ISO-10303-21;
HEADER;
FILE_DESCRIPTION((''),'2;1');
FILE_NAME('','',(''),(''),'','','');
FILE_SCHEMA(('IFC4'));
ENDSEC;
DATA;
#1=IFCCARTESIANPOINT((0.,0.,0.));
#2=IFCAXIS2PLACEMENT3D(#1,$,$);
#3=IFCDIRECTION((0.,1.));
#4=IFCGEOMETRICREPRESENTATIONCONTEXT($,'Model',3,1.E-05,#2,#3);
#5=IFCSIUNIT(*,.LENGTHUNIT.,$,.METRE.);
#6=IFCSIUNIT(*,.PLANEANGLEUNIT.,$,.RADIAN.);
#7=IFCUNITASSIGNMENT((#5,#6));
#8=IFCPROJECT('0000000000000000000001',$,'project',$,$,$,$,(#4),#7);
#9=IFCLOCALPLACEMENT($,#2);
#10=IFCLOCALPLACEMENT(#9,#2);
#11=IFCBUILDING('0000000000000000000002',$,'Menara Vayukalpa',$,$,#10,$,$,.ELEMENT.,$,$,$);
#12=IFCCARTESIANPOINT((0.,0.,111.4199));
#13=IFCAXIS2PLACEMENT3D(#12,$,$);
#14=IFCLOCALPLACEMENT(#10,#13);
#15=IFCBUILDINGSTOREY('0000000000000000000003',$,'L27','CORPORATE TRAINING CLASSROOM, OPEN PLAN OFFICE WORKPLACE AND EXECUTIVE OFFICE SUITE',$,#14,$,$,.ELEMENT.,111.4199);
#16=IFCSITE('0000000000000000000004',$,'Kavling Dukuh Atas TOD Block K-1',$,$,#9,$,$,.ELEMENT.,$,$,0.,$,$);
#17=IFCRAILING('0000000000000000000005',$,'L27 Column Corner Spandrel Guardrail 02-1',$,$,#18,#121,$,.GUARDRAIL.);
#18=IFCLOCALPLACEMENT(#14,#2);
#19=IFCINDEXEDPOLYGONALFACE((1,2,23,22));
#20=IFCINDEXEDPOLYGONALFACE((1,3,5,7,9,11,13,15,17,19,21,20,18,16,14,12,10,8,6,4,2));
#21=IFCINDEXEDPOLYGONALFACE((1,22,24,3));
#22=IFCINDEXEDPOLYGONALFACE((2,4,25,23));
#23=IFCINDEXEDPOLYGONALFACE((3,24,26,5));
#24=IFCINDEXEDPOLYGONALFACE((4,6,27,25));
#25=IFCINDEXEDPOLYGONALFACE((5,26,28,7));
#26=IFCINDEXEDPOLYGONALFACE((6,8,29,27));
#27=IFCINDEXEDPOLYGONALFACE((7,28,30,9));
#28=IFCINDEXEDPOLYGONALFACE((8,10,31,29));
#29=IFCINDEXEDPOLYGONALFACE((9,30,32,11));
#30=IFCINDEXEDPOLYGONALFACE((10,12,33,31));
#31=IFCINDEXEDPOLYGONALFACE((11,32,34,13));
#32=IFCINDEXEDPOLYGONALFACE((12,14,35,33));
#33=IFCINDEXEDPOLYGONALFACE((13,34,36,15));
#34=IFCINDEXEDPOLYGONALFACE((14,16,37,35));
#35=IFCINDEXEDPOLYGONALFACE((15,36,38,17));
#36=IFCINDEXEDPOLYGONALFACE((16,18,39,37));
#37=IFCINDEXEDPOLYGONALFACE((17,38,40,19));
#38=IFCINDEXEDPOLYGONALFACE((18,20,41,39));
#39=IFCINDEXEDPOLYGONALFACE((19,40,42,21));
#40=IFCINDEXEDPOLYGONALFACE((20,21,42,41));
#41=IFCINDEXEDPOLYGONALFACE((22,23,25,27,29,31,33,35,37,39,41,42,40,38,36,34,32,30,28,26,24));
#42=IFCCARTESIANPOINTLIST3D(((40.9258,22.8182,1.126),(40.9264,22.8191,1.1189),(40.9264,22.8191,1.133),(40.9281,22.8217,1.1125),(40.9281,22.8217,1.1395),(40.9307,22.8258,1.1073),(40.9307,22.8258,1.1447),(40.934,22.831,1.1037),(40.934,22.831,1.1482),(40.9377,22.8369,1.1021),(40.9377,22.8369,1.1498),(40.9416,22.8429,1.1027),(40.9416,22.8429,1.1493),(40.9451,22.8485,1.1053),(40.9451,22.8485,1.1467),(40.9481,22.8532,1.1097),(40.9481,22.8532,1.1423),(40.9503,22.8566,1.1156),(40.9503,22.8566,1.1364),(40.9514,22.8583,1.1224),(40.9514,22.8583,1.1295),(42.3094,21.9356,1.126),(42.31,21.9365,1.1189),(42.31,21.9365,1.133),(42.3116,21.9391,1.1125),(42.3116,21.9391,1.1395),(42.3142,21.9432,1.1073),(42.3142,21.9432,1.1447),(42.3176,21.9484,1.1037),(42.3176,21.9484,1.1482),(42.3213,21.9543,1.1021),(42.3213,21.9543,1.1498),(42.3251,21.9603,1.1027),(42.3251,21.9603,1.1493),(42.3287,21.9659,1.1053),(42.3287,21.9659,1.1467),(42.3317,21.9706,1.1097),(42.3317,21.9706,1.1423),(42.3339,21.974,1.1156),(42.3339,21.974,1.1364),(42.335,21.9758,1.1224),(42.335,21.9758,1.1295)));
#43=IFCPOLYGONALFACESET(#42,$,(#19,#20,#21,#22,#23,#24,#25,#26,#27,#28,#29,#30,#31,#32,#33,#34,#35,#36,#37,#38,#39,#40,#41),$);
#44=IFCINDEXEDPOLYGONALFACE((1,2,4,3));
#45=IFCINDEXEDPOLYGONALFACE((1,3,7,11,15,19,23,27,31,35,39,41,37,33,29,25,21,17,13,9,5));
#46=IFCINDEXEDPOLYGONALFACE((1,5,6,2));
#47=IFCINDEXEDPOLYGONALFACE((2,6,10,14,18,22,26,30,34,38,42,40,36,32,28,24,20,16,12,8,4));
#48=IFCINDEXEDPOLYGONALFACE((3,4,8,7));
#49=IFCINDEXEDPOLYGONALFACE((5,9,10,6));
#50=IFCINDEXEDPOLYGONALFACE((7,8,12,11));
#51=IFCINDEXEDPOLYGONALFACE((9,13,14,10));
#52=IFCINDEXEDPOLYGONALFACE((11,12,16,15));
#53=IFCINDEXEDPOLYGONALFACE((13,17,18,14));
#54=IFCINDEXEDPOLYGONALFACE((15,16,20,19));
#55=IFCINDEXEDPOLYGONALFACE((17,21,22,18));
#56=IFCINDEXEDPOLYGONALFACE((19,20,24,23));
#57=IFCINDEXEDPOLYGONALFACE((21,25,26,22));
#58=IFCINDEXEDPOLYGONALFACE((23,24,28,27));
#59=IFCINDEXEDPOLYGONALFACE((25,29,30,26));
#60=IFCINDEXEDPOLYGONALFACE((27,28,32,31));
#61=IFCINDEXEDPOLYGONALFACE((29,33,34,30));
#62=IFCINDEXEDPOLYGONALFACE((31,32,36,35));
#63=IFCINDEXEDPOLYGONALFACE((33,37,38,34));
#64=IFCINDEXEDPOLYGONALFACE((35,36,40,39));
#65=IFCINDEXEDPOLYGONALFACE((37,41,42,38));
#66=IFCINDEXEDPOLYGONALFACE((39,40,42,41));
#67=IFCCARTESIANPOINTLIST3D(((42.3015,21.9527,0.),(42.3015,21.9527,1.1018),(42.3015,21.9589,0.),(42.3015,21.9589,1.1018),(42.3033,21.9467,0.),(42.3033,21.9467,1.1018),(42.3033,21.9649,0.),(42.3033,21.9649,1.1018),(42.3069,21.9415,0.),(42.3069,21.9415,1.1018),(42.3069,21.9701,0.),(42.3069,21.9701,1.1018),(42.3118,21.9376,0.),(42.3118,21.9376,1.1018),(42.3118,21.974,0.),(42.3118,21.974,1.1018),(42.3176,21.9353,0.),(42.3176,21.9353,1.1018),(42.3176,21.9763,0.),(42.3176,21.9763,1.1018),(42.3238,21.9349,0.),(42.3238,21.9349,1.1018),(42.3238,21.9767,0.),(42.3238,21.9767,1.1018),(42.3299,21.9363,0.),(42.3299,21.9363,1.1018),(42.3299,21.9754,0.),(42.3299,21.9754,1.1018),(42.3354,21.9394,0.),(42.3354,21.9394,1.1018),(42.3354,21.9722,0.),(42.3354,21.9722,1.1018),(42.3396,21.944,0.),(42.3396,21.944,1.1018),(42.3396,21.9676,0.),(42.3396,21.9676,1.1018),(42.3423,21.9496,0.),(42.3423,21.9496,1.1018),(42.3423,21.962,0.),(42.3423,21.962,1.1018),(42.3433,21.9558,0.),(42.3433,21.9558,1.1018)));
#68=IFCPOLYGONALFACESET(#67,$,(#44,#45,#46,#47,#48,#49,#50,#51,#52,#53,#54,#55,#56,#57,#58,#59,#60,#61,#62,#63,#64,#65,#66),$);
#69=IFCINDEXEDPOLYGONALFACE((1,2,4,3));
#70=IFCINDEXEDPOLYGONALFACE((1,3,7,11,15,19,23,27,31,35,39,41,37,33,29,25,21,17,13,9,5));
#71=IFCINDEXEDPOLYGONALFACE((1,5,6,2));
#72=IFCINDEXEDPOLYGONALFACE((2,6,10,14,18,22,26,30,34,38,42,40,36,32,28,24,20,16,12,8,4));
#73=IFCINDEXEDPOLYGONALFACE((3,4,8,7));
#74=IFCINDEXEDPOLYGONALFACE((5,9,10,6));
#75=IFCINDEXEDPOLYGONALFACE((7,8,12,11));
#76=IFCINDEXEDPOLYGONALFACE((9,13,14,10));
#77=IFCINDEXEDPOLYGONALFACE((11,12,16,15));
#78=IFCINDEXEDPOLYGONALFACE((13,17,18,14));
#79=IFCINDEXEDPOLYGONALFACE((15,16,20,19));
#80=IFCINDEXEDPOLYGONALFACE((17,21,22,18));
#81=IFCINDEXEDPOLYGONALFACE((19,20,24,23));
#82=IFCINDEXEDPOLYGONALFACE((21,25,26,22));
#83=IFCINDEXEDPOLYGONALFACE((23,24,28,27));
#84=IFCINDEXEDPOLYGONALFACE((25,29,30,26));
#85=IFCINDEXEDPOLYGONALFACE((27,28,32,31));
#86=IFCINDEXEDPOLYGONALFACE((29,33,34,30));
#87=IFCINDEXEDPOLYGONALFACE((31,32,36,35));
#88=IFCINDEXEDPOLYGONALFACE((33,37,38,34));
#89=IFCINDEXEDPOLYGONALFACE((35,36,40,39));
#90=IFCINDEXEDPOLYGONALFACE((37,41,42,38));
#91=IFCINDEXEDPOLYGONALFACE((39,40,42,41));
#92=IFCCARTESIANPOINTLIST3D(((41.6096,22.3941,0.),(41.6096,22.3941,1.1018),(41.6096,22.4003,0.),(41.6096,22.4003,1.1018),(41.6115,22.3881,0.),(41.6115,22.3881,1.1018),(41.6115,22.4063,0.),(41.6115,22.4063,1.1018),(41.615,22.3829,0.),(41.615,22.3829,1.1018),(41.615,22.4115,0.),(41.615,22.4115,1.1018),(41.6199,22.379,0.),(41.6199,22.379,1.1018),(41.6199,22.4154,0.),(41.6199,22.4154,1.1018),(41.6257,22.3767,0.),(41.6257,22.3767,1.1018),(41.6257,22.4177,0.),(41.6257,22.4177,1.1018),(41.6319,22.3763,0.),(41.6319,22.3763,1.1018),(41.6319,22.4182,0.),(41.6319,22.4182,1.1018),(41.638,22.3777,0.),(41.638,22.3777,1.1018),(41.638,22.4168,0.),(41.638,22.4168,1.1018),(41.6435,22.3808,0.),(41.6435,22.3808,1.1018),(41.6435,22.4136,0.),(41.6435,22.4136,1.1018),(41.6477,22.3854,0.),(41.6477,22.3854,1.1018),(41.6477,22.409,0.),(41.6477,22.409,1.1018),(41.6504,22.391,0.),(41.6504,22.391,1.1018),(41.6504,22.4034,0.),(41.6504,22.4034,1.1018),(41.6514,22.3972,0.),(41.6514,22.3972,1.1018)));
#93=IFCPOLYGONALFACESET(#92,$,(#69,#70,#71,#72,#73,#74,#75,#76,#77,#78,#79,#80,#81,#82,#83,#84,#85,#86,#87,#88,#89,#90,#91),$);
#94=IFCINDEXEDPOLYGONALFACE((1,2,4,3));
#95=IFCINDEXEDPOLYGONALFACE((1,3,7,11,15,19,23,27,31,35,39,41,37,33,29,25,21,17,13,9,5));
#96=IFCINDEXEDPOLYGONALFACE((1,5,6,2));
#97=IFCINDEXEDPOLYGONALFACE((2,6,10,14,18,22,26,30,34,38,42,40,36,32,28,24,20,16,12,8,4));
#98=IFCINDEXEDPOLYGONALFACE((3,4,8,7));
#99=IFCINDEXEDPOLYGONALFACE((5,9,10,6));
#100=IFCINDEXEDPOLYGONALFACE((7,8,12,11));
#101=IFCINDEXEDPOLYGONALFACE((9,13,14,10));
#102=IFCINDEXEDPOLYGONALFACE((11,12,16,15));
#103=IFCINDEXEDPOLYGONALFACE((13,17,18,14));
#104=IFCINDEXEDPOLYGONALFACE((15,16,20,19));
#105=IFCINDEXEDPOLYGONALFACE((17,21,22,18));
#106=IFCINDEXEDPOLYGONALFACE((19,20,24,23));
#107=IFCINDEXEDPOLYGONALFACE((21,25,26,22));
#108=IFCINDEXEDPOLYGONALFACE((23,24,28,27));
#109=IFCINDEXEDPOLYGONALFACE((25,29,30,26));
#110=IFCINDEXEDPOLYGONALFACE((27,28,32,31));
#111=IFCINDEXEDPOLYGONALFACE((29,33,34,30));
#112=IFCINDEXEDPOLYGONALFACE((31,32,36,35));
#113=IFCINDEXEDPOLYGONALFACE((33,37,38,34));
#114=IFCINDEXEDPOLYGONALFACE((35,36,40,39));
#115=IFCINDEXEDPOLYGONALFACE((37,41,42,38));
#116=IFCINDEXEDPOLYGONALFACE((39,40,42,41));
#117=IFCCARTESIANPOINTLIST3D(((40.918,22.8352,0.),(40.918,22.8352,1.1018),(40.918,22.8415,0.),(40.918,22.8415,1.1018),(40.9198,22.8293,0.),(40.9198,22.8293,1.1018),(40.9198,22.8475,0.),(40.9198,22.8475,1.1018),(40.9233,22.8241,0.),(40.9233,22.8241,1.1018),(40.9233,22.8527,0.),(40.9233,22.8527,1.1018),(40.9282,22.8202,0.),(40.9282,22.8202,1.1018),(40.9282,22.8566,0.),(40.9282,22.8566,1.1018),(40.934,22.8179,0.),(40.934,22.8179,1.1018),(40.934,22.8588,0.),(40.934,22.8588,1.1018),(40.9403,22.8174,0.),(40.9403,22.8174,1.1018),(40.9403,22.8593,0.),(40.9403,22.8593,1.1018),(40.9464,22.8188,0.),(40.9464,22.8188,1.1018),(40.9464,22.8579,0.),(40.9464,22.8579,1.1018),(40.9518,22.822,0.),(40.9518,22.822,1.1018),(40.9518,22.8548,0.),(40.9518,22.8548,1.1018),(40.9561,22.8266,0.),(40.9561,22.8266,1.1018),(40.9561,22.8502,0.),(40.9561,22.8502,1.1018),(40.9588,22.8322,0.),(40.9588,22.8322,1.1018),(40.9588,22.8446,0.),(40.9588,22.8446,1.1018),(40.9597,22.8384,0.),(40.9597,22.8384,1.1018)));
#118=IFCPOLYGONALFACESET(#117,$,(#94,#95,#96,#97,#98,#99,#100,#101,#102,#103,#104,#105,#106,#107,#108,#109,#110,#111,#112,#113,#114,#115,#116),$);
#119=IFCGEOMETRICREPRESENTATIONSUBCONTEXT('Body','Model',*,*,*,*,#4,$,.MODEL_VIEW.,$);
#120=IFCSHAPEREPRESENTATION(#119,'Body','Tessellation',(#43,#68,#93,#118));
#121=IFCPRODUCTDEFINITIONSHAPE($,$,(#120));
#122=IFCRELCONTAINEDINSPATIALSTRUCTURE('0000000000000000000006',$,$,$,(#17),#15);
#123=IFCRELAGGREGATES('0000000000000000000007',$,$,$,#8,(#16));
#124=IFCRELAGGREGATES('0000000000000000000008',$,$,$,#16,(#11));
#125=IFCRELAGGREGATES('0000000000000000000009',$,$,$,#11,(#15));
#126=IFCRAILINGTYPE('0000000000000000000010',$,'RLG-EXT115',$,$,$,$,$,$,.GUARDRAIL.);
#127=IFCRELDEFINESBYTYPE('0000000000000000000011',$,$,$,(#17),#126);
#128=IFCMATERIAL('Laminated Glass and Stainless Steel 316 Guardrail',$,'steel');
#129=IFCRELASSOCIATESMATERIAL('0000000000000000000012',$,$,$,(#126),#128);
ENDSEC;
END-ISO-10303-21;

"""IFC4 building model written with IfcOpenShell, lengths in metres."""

from ifc_helpers import new_model, si_unit, direction, frame, origin, origin_2d, place, context, subcontext, project, spatial, circle, extrude, material, type_object, element, save


model = new_model("IFC4")

# Units and contexts
model_context = context("Model", 3, precision=1e-05, world=origin(), true_north=direction((0.0, 1.0)))
body_context = subcontext(model_context, "Body", "Model", "MODEL_VIEW")
ifc_project = project(units=[si_unit("LENGTHUNIT", "METRE"), si_unit("PLANEANGLEUNIT", "RADIAN")], contexts=[model_context])

# Site, building, storey
site_placement = place(None, origin())
site = spatial("IfcSite", under=ifc_project, at=site_placement, Name="Kavling Dukuh Atas TOD Block K-1", CompositionType="ELEMENT", RefElevation=0.0)
building_placement = place(site_placement, origin())
building = spatial("IfcBuilding", under=site, at=building_placement, Name="Menara Vayukalpa", CompositionType="ELEMENT")
storey_placement = place(building_placement, frame((0.0, 0.0, 111.4199)))
storey = spatial("IfcBuildingStorey", under=building, at=storey_placement, Name="L27", Description="CORPORATE TRAINING CLASSROOM, OPEN PLAN OFFICE WORKPLACE AND EXECUTIVE OFFICE SUITE", CompositionType="ELEMENT", Elevation=111.4199)

# Railing
ifc_material_1 = material(Name="Laminated Glass and Stainless Steel 316 Guardrail", Category="steel")
railing_type_1 = type_object("IfcRailingType", Name="RLG-EXT115", PredefinedType="GUARDRAIL", material=ifc_material_1)
railing_1_placement = place(storey_placement, frame((42.3223, 21.9558, 0.0)))
element("IfcRailing", 1, at=railing_1_placement, inside=storey, type_object=railing_type_1, Name="L27 Column Corner Spandrel Guardrail 02-1", PredefinedType="GUARDRAIL", context=body_context, shape_type="SweptSolid", body=[
    extrude(circle(Radius=0.0239, at=origin_2d()), frame((0.0, 0.0, 1.126), z_axis=(-0.843073, 0.537799, 0.0), x_axis=(-0.537799, -0.843073, 0.0)), (0.0, 0.0, 1.0), 1.6411),
    extrude(circle(Radius=0.021, at=origin_2d()), origin(), (0.0, 0.0, 1.0), 1.1018),
    extrude(circle(Radius=0.021, at=origin_2d()), frame((-0.6919, 0.4414, 0.0)), (0.0, 0.0, 1.0), 1.1018),
    extrude(circle(Radius=0.021, at=origin_2d()), frame((-1.3835, 0.8826, 0.0)), (0.0, 0.0, 1.0), 1.1018),
])

save(model, "model.ifc")
